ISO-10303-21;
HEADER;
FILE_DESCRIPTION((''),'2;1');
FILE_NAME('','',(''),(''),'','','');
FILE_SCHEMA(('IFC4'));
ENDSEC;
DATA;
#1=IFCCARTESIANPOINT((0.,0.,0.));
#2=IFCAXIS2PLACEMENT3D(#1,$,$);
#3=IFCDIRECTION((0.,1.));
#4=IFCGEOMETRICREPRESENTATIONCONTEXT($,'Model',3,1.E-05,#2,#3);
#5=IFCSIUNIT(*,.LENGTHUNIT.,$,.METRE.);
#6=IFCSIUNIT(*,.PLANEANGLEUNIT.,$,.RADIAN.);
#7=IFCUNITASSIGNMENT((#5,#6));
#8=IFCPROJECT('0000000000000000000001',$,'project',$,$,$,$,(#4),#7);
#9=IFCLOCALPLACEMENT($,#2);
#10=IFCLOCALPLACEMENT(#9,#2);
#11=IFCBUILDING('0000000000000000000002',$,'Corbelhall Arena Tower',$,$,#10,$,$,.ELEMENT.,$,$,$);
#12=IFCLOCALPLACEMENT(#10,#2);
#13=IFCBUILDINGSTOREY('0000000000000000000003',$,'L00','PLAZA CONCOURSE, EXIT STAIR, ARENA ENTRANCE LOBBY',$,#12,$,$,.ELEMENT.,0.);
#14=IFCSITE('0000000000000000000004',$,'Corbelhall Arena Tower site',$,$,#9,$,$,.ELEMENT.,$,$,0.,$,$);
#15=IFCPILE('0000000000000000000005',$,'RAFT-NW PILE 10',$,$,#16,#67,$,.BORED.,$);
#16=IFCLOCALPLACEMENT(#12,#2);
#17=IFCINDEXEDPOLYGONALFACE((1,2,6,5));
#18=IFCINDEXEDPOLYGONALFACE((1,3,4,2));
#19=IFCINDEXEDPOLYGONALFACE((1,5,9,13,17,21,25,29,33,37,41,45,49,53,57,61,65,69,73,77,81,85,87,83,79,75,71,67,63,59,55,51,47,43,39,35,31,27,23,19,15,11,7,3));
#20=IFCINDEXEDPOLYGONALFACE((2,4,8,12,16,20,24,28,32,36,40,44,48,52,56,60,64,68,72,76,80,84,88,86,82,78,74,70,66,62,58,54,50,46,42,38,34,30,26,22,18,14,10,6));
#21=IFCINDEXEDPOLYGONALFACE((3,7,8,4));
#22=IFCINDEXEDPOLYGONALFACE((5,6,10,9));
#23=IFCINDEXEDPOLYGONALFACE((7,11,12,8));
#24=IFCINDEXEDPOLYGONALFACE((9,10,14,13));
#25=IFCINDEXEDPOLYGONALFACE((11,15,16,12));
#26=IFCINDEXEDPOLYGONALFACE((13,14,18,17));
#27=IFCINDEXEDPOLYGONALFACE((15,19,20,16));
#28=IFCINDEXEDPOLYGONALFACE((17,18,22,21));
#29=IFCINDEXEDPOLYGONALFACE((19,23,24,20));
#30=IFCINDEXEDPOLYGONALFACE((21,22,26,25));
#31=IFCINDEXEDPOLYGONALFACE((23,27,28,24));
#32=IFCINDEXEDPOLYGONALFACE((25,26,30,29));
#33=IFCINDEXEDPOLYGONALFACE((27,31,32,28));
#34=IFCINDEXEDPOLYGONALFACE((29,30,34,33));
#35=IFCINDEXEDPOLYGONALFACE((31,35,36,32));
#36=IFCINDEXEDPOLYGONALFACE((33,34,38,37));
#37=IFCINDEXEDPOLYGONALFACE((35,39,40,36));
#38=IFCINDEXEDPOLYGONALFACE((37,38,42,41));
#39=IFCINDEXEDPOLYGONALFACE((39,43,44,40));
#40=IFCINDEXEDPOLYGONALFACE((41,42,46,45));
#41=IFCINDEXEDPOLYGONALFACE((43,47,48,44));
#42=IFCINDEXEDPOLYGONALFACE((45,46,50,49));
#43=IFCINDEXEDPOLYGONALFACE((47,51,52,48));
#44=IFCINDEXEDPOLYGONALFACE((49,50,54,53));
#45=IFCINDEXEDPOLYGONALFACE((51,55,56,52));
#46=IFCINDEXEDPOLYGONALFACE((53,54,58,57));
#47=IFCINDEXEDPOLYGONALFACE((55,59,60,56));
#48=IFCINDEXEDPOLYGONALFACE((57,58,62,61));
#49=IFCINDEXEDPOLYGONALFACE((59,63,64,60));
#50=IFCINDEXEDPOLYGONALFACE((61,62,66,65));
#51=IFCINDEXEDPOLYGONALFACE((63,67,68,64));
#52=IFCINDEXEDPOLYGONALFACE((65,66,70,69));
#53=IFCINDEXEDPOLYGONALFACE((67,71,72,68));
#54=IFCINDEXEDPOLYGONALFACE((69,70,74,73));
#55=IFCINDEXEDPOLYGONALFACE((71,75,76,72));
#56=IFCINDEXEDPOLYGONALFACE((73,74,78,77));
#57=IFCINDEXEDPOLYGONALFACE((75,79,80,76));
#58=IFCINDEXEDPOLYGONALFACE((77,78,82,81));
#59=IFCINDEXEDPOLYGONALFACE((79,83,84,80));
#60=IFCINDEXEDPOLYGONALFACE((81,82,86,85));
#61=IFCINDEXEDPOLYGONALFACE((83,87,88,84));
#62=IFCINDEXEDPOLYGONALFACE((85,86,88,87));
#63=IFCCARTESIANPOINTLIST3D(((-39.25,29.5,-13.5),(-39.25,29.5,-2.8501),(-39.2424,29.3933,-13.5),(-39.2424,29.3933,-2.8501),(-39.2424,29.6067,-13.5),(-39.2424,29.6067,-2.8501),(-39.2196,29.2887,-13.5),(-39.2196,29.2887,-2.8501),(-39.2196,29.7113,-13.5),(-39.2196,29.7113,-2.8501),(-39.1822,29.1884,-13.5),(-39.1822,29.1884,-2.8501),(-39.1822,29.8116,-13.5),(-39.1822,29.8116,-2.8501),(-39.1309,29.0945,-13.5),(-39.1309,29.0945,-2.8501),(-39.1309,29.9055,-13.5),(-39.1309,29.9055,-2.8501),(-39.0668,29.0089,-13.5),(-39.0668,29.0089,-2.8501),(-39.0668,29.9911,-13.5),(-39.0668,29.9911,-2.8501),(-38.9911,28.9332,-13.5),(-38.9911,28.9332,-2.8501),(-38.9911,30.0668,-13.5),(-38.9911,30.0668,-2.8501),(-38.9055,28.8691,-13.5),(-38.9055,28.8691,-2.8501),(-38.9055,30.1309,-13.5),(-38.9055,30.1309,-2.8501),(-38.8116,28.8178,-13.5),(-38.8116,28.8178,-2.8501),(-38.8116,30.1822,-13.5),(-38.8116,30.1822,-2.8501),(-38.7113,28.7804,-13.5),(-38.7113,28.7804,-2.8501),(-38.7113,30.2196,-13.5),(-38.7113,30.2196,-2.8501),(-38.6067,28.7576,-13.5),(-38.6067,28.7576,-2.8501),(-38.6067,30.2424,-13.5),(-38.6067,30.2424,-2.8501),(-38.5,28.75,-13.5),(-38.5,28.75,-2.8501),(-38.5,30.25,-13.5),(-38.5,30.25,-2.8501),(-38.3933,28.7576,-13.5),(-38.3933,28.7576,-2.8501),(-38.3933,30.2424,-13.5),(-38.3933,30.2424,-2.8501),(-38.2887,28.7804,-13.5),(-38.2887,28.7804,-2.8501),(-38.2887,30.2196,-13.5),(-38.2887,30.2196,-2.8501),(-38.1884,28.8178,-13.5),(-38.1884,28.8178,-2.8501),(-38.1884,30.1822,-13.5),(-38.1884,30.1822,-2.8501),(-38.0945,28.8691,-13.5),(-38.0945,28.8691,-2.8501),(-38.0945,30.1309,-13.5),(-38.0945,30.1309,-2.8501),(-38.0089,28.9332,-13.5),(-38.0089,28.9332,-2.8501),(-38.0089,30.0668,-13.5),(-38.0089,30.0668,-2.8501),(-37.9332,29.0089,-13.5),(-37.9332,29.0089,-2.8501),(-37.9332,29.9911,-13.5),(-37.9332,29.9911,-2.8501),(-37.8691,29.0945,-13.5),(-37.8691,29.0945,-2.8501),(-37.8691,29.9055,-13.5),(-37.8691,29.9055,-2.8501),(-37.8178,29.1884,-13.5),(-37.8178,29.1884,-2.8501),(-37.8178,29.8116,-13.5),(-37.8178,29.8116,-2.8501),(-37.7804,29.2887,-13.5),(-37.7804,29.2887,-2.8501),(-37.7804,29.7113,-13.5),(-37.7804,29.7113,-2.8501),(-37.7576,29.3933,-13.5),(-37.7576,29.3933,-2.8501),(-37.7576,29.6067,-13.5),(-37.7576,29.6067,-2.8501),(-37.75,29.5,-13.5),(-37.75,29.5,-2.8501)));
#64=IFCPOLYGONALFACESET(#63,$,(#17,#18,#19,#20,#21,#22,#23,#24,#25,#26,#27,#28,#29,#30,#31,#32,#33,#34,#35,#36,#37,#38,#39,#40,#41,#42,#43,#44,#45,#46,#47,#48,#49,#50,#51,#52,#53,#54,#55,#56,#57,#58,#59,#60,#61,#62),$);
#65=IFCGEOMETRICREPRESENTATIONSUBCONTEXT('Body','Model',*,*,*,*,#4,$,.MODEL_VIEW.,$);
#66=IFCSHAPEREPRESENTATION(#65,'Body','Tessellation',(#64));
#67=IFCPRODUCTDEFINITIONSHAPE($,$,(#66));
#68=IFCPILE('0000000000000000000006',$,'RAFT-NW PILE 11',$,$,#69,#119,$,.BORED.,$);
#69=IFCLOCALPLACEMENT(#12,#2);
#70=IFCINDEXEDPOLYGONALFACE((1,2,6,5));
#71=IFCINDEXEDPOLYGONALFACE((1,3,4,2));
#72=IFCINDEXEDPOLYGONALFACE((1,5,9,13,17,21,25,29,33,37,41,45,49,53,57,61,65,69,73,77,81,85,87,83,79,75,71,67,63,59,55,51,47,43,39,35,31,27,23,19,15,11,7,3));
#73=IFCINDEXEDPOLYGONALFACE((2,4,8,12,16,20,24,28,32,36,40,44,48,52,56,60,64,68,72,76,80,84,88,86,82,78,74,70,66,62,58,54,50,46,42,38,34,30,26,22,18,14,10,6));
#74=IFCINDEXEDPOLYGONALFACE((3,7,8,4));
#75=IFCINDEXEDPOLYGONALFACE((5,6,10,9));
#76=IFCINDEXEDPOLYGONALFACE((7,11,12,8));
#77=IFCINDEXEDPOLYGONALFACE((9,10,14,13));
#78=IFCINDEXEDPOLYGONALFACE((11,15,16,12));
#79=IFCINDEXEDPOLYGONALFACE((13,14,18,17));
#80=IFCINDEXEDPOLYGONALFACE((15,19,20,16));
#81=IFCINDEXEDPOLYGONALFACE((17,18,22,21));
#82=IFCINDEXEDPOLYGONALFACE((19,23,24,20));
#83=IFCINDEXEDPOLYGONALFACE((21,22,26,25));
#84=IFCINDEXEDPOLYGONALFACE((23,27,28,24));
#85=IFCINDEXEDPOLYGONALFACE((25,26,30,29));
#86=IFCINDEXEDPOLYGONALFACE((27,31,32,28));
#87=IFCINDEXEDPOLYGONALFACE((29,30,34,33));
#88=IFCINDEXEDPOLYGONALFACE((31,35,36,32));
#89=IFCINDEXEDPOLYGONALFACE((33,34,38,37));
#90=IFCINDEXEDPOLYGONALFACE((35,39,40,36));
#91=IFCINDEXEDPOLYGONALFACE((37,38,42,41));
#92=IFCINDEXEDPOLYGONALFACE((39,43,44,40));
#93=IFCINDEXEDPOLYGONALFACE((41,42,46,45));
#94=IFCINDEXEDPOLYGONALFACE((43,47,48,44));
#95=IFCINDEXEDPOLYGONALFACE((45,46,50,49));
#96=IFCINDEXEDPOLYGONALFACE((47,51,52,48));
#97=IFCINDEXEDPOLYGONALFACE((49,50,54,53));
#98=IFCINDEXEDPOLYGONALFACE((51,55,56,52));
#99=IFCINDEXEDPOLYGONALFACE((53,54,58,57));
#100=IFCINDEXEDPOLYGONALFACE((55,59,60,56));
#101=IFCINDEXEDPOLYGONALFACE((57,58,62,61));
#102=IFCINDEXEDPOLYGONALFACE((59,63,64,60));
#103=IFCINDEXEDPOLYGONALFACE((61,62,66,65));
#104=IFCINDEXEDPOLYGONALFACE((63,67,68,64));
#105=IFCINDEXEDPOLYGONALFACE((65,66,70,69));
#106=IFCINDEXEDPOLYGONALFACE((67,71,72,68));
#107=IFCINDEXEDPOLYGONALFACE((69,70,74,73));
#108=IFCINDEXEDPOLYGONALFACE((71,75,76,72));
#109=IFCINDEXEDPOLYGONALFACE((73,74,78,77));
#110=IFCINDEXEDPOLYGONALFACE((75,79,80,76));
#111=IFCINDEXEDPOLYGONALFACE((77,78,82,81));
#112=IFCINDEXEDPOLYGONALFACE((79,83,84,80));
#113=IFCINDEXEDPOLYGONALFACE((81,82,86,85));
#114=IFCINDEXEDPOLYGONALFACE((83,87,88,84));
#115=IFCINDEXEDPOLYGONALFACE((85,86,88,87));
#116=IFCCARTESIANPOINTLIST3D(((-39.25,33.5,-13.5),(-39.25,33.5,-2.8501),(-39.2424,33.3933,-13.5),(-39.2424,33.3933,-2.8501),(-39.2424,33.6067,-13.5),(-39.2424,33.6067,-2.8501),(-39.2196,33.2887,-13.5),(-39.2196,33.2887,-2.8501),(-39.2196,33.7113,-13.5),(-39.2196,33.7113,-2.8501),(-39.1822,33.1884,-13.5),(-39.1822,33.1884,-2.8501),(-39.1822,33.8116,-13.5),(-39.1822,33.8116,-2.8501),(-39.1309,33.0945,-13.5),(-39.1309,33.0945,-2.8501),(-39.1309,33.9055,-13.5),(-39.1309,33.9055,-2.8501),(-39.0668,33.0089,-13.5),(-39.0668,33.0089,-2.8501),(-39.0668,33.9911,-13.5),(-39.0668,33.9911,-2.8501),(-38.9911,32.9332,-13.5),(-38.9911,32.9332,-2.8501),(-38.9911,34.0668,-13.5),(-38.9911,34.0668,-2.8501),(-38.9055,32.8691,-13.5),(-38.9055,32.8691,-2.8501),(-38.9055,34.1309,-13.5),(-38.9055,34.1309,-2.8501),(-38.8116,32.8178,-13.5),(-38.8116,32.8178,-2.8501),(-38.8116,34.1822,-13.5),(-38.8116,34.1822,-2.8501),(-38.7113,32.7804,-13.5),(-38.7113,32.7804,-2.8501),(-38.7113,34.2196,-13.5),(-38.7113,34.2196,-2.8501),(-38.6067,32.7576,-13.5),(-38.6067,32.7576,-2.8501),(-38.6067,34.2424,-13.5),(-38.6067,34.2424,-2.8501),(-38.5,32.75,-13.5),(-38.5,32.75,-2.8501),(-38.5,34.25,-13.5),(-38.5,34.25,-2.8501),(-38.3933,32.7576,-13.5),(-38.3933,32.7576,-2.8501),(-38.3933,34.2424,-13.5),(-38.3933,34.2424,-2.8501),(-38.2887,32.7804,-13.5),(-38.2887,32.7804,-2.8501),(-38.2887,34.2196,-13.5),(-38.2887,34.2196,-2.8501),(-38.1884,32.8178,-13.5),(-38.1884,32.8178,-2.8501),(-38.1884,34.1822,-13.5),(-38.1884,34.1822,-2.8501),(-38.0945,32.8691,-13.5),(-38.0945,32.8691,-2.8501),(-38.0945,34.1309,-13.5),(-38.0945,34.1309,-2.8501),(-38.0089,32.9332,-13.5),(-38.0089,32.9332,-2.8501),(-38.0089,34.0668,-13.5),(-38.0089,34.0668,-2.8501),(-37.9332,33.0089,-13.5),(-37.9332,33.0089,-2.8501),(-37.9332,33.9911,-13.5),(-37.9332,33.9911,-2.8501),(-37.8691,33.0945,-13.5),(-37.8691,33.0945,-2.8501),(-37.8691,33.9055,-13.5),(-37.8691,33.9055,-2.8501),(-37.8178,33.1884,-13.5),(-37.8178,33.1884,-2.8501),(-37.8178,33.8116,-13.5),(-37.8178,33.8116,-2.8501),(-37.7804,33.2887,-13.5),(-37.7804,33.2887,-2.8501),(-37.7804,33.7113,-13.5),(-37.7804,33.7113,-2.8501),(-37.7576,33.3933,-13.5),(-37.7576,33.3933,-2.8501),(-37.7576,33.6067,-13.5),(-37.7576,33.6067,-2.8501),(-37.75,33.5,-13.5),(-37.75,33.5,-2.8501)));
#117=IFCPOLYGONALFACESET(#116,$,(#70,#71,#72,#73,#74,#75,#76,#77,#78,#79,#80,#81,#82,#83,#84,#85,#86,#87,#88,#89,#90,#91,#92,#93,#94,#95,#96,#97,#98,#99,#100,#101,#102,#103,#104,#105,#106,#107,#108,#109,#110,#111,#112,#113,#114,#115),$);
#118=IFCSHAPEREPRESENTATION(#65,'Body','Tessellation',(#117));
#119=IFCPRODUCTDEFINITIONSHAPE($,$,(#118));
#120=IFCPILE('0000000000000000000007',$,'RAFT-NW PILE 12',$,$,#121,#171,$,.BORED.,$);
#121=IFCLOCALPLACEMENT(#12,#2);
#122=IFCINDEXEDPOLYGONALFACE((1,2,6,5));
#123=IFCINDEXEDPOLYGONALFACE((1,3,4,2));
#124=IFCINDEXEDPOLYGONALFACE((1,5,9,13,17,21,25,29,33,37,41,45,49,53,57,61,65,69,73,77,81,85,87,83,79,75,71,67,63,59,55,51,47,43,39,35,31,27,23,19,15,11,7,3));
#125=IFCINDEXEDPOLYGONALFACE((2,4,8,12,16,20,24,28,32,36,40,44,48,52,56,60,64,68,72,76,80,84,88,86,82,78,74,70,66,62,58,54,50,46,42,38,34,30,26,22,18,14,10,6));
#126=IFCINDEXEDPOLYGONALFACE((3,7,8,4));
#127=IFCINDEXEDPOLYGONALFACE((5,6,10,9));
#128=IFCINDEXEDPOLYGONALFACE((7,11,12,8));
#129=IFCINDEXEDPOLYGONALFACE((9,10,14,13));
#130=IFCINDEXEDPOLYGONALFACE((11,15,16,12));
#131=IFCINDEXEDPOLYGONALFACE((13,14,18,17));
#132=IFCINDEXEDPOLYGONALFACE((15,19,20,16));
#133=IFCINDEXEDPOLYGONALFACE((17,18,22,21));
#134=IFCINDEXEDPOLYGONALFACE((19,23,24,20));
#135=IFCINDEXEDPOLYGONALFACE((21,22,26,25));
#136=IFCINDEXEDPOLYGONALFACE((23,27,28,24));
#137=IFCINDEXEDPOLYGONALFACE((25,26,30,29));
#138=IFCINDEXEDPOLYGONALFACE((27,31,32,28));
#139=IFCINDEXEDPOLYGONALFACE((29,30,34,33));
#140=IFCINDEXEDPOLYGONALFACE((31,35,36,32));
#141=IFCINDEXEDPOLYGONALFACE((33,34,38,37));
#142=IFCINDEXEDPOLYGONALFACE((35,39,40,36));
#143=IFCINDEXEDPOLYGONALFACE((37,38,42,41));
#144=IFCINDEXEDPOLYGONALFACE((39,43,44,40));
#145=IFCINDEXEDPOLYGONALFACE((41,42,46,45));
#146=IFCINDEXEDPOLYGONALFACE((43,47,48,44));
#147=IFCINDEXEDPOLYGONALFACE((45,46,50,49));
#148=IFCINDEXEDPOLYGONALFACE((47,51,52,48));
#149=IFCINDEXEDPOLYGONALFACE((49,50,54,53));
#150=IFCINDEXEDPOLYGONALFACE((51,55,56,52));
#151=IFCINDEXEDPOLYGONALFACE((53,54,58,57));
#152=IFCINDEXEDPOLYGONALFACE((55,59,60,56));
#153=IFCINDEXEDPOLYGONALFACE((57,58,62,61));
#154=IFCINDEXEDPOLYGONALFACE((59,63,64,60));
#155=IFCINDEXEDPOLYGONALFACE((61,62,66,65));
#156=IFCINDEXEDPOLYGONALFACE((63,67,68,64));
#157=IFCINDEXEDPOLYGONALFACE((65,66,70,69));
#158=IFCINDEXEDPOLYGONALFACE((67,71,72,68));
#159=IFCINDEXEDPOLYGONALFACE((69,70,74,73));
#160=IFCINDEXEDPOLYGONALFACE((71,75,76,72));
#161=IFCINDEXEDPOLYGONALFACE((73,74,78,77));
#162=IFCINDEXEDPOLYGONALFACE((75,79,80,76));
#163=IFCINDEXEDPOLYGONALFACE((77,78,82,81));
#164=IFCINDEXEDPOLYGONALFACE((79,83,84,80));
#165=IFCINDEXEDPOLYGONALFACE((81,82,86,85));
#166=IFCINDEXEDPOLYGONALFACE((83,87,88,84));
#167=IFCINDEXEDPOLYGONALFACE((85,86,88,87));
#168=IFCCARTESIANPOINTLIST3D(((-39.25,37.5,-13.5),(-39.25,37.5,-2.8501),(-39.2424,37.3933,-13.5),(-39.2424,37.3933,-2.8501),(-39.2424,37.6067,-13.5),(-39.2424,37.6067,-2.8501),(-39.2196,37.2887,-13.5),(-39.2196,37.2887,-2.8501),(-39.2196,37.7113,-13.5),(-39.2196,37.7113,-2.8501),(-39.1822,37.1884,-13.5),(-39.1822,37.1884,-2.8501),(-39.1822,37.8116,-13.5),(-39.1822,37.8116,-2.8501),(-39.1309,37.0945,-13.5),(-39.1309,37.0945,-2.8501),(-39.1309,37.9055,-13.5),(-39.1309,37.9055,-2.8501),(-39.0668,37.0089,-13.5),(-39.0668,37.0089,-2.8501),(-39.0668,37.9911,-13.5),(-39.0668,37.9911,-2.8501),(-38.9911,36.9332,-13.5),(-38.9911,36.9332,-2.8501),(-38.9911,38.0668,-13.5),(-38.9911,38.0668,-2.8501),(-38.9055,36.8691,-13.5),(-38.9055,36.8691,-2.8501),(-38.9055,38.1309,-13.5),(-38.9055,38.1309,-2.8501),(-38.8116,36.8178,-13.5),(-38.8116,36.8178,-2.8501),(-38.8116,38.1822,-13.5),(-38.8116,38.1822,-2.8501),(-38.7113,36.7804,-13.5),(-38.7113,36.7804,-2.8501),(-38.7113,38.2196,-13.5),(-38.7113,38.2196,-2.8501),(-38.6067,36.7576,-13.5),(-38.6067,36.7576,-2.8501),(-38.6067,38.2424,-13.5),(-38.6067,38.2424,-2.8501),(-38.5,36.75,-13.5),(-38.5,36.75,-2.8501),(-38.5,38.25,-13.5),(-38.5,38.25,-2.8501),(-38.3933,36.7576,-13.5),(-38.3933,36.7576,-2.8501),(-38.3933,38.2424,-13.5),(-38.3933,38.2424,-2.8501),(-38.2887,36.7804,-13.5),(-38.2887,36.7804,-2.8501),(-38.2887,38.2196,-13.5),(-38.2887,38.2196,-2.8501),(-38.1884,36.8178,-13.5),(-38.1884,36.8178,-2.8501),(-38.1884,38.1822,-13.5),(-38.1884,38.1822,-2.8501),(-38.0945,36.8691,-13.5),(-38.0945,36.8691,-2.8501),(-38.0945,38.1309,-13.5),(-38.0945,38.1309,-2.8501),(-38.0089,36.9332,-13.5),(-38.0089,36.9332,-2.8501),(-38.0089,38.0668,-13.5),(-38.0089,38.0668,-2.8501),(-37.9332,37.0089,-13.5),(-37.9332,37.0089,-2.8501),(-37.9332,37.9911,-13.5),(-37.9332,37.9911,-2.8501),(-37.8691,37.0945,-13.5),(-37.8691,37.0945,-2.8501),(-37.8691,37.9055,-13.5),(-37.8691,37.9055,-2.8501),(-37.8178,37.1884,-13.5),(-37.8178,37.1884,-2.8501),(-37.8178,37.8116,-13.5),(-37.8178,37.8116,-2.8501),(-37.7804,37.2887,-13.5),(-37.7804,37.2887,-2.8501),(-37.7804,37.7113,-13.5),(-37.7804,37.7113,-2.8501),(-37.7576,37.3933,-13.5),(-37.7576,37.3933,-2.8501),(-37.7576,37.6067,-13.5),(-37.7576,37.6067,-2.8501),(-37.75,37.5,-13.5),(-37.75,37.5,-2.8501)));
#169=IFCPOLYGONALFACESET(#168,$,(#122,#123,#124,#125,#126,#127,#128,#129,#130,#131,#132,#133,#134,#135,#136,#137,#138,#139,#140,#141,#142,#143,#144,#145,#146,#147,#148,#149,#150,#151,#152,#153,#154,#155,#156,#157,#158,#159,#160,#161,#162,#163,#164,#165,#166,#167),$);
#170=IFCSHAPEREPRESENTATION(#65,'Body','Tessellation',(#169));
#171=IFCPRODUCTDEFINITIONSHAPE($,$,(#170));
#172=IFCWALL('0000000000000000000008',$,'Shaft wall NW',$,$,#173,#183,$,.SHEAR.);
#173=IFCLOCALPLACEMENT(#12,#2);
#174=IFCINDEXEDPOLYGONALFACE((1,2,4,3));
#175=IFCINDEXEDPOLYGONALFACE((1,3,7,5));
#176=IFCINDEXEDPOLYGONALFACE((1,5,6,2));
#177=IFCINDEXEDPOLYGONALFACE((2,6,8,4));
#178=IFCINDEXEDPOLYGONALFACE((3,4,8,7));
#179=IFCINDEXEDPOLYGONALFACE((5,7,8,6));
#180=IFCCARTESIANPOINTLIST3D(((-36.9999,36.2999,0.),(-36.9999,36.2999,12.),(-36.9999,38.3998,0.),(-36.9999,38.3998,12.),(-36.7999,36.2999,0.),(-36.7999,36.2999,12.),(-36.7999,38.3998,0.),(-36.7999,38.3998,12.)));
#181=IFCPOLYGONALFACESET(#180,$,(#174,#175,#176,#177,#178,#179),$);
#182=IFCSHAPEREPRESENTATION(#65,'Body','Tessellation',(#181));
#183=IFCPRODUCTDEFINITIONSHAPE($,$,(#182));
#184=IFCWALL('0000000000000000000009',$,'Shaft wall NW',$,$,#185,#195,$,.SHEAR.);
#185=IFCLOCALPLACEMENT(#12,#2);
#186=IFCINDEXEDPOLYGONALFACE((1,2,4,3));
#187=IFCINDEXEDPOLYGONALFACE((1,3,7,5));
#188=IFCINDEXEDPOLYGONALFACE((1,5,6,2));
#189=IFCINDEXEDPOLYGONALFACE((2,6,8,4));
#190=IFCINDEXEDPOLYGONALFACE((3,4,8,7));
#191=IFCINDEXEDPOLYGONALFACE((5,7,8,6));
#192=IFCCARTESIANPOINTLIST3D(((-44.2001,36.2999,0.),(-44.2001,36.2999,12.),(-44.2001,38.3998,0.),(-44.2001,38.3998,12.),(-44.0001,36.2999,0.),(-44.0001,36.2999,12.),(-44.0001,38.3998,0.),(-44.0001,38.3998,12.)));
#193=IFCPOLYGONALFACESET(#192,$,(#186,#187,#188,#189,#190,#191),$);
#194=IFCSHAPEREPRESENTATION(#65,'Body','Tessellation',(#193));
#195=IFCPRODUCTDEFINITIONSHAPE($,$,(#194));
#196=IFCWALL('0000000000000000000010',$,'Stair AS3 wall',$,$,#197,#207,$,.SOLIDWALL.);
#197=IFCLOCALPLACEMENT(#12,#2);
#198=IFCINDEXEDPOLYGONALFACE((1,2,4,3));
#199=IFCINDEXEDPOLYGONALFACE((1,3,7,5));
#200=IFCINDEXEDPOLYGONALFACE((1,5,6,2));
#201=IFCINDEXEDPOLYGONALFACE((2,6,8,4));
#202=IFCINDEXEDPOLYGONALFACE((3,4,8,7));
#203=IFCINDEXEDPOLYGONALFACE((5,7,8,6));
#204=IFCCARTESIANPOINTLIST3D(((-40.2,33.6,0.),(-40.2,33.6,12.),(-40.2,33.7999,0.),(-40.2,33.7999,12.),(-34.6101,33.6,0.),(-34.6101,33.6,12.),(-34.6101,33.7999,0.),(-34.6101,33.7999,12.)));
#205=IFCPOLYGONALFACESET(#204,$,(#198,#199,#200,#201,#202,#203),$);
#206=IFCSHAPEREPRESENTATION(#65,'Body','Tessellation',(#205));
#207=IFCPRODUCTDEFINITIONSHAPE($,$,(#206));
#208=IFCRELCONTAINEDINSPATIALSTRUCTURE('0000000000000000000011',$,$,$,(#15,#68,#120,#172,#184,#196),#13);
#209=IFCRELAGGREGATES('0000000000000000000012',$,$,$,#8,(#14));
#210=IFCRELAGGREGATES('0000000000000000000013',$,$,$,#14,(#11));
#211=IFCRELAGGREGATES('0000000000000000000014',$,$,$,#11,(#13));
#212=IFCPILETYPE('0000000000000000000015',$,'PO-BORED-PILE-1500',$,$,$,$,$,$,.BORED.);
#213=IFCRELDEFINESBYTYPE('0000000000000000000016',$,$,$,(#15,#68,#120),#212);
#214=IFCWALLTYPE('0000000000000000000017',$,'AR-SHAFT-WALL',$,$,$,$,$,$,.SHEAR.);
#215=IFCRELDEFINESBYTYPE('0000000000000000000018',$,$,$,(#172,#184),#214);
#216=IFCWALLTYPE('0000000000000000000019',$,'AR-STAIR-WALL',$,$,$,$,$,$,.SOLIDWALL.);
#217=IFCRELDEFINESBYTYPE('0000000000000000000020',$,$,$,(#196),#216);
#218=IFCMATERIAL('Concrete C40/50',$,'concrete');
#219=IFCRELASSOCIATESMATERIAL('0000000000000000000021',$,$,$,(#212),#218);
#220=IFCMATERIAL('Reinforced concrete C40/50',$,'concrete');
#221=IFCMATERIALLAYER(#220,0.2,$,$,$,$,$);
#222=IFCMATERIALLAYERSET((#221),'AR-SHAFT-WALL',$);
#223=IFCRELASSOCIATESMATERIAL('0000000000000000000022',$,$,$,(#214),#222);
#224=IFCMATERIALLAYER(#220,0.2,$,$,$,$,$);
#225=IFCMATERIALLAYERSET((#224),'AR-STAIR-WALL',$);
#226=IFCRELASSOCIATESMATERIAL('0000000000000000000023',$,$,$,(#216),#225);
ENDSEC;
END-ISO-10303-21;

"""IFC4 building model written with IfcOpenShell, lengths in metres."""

from ifc_helpers import new_model, si_unit, direction, frame, frame_2d, origin, origin_2d, place, context, subcontext, project, spatial, rectangle, circle, extrude, material, layer, layer_set, material_profile, profile_set, type_object, element, save


model = new_model("IFC4")

# Units and contexts
model_context = context("Model", 3, precision=1e-05, world=origin(), true_north=direction((0.0, 1.0)))
body_context = subcontext(model_context, "Body", "Model", "MODEL_VIEW")
ifc_project = project(units=[si_unit("LENGTHUNIT", "METRE"), si_unit("PLANEANGLEUNIT", "RADIAN")], contexts=[model_context])

# Site, building, storey
site_placement = place(None, origin())
site = spatial("IfcSite", under=ifc_project, at=site_placement, Name="Corbelhall Arena Tower site", CompositionType="ELEMENT", RefElevation=0.0)
building_placement = place(site_placement, origin())
building = spatial("IfcBuilding", under=site, at=building_placement, Name="Corbelhall Arena Tower", CompositionType="ELEMENT")
storey_placement = place(building_placement, origin())
storey = spatial("IfcBuildingStorey", under=building, at=storey_placement, Name="L00", Description="PLAZA CONCOURSE, EXIT STAIR, ARENA ENTRANCE LOBBY", CompositionType="ELEMENT", Elevation=0.0)

# Piles
ifc_material_1 = material(Name="Concrete C40/50", Category="concrete")
ifc_material_profile = material_profile(ifc_material_1, circle(Radius=0.75, at=origin_2d()))
ifc_profile_set = profile_set([ifc_material_profile], Name="Concrete C40/50")
pile_type = type_object("IfcPileType", Name="PO-BORED-PILE-1500", PredefinedType="BORED", material=ifc_profile_set)
for number, where, z_axis, x_axis, name in (
    (1, (-38.5, 29.5, -2.8501), (0.0, 0.0, -1.0), (1.0, 0.0, 0.0), "RAFT-NW PILE 10"),
    (2, (-38.5, 33.5, -2.8501), (0.0, 0.0, -1.0), (1.0, 0.0, 0.0), "RAFT-NW PILE 11"),
    (3, (-38.5, 37.5, -2.8501), (0.0, 0.0, -1.0), (1.0, 0.0, 0.0), "RAFT-NW PILE 12"),
):
    element("IfcPile", number, at=place(storey_placement, frame(where, z_axis=z_axis, x_axis=x_axis)), inside=storey, type_object=pile_type, Name=name, PredefinedType="BORED", context=body_context, shape_type="SweptSolid", body=[
        extrude(circle(Radius=0.75, at=origin_2d()), origin(), (0.0, 0.0, 1.0), 10.6499),
    ])

# Shared definitions
ifc_material_2 = material(Name="Reinforced concrete C40/50", Category="concrete")
ifc_layer_1 = layer(ifc_material_2, 0.2)
ifc_layer_set_1 = layer_set([ifc_layer_1], Name="AR-SHAFT-WALL")
wall_type_1 = type_object("IfcWallType", Name="AR-SHAFT-WALL", PredefinedType="SHEAR", material=ifc_layer_set_1)

# Walls
for number, where, z_axis, x_axis, name in (
    (4, (-36.8999, 36.3, 0.0), (0.0, 0.0, 1.0), (0.0, 1.0, 0.0), "Shaft wall NW"),
    (5, (-44.1001, 36.3, 0.0), (0.0, 0.0, 1.0), (0.0, 1.0, 0.0), "Shaft wall NW"),
):
    element("IfcWall", number, at=place(storey_placement, frame(where, z_axis=z_axis, x_axis=x_axis)), inside=storey, type_object=wall_type_1, Name=name, PredefinedType="SHEAR", context=body_context, shape_type="SweptSolid", body=[
        extrude(rectangle(XDim=2.0999, YDim=0.2, at=frame_2d((1.0498, 0.0))), origin(), (0.0, 0.0, 1.0), 12.0),
    ])
ifc_layer_2 = layer(ifc_material_2, 0.2)
ifc_layer_set_2 = layer_set([ifc_layer_2], Name="AR-STAIR-WALL")
wall_type_2 = type_object("IfcWallType", Name="AR-STAIR-WALL", PredefinedType="SOLIDWALL", material=ifc_layer_set_2)
for number, where, z_axis, x_axis, name in (
    (6, (-40.2, 33.7, 0.0), (0.0, 0.0, 1.0), (1.0, 0.0, 0.0), "Stair AS3 wall"),
):
    element("IfcWall", number, at=place(storey_placement, frame(where, z_axis=z_axis, x_axis=x_axis)), inside=storey, type_object=wall_type_2, Name=name, PredefinedType="SOLIDWALL", context=body_context, shape_type="SweptSolid", body=[
        extrude(rectangle(XDim=5.5898, YDim=0.2, at=frame_2d((2.7949, 0.0))), origin(), (0.0, 0.0, 1.0), 12.0),
    ])

save(model, "model.ifc")
